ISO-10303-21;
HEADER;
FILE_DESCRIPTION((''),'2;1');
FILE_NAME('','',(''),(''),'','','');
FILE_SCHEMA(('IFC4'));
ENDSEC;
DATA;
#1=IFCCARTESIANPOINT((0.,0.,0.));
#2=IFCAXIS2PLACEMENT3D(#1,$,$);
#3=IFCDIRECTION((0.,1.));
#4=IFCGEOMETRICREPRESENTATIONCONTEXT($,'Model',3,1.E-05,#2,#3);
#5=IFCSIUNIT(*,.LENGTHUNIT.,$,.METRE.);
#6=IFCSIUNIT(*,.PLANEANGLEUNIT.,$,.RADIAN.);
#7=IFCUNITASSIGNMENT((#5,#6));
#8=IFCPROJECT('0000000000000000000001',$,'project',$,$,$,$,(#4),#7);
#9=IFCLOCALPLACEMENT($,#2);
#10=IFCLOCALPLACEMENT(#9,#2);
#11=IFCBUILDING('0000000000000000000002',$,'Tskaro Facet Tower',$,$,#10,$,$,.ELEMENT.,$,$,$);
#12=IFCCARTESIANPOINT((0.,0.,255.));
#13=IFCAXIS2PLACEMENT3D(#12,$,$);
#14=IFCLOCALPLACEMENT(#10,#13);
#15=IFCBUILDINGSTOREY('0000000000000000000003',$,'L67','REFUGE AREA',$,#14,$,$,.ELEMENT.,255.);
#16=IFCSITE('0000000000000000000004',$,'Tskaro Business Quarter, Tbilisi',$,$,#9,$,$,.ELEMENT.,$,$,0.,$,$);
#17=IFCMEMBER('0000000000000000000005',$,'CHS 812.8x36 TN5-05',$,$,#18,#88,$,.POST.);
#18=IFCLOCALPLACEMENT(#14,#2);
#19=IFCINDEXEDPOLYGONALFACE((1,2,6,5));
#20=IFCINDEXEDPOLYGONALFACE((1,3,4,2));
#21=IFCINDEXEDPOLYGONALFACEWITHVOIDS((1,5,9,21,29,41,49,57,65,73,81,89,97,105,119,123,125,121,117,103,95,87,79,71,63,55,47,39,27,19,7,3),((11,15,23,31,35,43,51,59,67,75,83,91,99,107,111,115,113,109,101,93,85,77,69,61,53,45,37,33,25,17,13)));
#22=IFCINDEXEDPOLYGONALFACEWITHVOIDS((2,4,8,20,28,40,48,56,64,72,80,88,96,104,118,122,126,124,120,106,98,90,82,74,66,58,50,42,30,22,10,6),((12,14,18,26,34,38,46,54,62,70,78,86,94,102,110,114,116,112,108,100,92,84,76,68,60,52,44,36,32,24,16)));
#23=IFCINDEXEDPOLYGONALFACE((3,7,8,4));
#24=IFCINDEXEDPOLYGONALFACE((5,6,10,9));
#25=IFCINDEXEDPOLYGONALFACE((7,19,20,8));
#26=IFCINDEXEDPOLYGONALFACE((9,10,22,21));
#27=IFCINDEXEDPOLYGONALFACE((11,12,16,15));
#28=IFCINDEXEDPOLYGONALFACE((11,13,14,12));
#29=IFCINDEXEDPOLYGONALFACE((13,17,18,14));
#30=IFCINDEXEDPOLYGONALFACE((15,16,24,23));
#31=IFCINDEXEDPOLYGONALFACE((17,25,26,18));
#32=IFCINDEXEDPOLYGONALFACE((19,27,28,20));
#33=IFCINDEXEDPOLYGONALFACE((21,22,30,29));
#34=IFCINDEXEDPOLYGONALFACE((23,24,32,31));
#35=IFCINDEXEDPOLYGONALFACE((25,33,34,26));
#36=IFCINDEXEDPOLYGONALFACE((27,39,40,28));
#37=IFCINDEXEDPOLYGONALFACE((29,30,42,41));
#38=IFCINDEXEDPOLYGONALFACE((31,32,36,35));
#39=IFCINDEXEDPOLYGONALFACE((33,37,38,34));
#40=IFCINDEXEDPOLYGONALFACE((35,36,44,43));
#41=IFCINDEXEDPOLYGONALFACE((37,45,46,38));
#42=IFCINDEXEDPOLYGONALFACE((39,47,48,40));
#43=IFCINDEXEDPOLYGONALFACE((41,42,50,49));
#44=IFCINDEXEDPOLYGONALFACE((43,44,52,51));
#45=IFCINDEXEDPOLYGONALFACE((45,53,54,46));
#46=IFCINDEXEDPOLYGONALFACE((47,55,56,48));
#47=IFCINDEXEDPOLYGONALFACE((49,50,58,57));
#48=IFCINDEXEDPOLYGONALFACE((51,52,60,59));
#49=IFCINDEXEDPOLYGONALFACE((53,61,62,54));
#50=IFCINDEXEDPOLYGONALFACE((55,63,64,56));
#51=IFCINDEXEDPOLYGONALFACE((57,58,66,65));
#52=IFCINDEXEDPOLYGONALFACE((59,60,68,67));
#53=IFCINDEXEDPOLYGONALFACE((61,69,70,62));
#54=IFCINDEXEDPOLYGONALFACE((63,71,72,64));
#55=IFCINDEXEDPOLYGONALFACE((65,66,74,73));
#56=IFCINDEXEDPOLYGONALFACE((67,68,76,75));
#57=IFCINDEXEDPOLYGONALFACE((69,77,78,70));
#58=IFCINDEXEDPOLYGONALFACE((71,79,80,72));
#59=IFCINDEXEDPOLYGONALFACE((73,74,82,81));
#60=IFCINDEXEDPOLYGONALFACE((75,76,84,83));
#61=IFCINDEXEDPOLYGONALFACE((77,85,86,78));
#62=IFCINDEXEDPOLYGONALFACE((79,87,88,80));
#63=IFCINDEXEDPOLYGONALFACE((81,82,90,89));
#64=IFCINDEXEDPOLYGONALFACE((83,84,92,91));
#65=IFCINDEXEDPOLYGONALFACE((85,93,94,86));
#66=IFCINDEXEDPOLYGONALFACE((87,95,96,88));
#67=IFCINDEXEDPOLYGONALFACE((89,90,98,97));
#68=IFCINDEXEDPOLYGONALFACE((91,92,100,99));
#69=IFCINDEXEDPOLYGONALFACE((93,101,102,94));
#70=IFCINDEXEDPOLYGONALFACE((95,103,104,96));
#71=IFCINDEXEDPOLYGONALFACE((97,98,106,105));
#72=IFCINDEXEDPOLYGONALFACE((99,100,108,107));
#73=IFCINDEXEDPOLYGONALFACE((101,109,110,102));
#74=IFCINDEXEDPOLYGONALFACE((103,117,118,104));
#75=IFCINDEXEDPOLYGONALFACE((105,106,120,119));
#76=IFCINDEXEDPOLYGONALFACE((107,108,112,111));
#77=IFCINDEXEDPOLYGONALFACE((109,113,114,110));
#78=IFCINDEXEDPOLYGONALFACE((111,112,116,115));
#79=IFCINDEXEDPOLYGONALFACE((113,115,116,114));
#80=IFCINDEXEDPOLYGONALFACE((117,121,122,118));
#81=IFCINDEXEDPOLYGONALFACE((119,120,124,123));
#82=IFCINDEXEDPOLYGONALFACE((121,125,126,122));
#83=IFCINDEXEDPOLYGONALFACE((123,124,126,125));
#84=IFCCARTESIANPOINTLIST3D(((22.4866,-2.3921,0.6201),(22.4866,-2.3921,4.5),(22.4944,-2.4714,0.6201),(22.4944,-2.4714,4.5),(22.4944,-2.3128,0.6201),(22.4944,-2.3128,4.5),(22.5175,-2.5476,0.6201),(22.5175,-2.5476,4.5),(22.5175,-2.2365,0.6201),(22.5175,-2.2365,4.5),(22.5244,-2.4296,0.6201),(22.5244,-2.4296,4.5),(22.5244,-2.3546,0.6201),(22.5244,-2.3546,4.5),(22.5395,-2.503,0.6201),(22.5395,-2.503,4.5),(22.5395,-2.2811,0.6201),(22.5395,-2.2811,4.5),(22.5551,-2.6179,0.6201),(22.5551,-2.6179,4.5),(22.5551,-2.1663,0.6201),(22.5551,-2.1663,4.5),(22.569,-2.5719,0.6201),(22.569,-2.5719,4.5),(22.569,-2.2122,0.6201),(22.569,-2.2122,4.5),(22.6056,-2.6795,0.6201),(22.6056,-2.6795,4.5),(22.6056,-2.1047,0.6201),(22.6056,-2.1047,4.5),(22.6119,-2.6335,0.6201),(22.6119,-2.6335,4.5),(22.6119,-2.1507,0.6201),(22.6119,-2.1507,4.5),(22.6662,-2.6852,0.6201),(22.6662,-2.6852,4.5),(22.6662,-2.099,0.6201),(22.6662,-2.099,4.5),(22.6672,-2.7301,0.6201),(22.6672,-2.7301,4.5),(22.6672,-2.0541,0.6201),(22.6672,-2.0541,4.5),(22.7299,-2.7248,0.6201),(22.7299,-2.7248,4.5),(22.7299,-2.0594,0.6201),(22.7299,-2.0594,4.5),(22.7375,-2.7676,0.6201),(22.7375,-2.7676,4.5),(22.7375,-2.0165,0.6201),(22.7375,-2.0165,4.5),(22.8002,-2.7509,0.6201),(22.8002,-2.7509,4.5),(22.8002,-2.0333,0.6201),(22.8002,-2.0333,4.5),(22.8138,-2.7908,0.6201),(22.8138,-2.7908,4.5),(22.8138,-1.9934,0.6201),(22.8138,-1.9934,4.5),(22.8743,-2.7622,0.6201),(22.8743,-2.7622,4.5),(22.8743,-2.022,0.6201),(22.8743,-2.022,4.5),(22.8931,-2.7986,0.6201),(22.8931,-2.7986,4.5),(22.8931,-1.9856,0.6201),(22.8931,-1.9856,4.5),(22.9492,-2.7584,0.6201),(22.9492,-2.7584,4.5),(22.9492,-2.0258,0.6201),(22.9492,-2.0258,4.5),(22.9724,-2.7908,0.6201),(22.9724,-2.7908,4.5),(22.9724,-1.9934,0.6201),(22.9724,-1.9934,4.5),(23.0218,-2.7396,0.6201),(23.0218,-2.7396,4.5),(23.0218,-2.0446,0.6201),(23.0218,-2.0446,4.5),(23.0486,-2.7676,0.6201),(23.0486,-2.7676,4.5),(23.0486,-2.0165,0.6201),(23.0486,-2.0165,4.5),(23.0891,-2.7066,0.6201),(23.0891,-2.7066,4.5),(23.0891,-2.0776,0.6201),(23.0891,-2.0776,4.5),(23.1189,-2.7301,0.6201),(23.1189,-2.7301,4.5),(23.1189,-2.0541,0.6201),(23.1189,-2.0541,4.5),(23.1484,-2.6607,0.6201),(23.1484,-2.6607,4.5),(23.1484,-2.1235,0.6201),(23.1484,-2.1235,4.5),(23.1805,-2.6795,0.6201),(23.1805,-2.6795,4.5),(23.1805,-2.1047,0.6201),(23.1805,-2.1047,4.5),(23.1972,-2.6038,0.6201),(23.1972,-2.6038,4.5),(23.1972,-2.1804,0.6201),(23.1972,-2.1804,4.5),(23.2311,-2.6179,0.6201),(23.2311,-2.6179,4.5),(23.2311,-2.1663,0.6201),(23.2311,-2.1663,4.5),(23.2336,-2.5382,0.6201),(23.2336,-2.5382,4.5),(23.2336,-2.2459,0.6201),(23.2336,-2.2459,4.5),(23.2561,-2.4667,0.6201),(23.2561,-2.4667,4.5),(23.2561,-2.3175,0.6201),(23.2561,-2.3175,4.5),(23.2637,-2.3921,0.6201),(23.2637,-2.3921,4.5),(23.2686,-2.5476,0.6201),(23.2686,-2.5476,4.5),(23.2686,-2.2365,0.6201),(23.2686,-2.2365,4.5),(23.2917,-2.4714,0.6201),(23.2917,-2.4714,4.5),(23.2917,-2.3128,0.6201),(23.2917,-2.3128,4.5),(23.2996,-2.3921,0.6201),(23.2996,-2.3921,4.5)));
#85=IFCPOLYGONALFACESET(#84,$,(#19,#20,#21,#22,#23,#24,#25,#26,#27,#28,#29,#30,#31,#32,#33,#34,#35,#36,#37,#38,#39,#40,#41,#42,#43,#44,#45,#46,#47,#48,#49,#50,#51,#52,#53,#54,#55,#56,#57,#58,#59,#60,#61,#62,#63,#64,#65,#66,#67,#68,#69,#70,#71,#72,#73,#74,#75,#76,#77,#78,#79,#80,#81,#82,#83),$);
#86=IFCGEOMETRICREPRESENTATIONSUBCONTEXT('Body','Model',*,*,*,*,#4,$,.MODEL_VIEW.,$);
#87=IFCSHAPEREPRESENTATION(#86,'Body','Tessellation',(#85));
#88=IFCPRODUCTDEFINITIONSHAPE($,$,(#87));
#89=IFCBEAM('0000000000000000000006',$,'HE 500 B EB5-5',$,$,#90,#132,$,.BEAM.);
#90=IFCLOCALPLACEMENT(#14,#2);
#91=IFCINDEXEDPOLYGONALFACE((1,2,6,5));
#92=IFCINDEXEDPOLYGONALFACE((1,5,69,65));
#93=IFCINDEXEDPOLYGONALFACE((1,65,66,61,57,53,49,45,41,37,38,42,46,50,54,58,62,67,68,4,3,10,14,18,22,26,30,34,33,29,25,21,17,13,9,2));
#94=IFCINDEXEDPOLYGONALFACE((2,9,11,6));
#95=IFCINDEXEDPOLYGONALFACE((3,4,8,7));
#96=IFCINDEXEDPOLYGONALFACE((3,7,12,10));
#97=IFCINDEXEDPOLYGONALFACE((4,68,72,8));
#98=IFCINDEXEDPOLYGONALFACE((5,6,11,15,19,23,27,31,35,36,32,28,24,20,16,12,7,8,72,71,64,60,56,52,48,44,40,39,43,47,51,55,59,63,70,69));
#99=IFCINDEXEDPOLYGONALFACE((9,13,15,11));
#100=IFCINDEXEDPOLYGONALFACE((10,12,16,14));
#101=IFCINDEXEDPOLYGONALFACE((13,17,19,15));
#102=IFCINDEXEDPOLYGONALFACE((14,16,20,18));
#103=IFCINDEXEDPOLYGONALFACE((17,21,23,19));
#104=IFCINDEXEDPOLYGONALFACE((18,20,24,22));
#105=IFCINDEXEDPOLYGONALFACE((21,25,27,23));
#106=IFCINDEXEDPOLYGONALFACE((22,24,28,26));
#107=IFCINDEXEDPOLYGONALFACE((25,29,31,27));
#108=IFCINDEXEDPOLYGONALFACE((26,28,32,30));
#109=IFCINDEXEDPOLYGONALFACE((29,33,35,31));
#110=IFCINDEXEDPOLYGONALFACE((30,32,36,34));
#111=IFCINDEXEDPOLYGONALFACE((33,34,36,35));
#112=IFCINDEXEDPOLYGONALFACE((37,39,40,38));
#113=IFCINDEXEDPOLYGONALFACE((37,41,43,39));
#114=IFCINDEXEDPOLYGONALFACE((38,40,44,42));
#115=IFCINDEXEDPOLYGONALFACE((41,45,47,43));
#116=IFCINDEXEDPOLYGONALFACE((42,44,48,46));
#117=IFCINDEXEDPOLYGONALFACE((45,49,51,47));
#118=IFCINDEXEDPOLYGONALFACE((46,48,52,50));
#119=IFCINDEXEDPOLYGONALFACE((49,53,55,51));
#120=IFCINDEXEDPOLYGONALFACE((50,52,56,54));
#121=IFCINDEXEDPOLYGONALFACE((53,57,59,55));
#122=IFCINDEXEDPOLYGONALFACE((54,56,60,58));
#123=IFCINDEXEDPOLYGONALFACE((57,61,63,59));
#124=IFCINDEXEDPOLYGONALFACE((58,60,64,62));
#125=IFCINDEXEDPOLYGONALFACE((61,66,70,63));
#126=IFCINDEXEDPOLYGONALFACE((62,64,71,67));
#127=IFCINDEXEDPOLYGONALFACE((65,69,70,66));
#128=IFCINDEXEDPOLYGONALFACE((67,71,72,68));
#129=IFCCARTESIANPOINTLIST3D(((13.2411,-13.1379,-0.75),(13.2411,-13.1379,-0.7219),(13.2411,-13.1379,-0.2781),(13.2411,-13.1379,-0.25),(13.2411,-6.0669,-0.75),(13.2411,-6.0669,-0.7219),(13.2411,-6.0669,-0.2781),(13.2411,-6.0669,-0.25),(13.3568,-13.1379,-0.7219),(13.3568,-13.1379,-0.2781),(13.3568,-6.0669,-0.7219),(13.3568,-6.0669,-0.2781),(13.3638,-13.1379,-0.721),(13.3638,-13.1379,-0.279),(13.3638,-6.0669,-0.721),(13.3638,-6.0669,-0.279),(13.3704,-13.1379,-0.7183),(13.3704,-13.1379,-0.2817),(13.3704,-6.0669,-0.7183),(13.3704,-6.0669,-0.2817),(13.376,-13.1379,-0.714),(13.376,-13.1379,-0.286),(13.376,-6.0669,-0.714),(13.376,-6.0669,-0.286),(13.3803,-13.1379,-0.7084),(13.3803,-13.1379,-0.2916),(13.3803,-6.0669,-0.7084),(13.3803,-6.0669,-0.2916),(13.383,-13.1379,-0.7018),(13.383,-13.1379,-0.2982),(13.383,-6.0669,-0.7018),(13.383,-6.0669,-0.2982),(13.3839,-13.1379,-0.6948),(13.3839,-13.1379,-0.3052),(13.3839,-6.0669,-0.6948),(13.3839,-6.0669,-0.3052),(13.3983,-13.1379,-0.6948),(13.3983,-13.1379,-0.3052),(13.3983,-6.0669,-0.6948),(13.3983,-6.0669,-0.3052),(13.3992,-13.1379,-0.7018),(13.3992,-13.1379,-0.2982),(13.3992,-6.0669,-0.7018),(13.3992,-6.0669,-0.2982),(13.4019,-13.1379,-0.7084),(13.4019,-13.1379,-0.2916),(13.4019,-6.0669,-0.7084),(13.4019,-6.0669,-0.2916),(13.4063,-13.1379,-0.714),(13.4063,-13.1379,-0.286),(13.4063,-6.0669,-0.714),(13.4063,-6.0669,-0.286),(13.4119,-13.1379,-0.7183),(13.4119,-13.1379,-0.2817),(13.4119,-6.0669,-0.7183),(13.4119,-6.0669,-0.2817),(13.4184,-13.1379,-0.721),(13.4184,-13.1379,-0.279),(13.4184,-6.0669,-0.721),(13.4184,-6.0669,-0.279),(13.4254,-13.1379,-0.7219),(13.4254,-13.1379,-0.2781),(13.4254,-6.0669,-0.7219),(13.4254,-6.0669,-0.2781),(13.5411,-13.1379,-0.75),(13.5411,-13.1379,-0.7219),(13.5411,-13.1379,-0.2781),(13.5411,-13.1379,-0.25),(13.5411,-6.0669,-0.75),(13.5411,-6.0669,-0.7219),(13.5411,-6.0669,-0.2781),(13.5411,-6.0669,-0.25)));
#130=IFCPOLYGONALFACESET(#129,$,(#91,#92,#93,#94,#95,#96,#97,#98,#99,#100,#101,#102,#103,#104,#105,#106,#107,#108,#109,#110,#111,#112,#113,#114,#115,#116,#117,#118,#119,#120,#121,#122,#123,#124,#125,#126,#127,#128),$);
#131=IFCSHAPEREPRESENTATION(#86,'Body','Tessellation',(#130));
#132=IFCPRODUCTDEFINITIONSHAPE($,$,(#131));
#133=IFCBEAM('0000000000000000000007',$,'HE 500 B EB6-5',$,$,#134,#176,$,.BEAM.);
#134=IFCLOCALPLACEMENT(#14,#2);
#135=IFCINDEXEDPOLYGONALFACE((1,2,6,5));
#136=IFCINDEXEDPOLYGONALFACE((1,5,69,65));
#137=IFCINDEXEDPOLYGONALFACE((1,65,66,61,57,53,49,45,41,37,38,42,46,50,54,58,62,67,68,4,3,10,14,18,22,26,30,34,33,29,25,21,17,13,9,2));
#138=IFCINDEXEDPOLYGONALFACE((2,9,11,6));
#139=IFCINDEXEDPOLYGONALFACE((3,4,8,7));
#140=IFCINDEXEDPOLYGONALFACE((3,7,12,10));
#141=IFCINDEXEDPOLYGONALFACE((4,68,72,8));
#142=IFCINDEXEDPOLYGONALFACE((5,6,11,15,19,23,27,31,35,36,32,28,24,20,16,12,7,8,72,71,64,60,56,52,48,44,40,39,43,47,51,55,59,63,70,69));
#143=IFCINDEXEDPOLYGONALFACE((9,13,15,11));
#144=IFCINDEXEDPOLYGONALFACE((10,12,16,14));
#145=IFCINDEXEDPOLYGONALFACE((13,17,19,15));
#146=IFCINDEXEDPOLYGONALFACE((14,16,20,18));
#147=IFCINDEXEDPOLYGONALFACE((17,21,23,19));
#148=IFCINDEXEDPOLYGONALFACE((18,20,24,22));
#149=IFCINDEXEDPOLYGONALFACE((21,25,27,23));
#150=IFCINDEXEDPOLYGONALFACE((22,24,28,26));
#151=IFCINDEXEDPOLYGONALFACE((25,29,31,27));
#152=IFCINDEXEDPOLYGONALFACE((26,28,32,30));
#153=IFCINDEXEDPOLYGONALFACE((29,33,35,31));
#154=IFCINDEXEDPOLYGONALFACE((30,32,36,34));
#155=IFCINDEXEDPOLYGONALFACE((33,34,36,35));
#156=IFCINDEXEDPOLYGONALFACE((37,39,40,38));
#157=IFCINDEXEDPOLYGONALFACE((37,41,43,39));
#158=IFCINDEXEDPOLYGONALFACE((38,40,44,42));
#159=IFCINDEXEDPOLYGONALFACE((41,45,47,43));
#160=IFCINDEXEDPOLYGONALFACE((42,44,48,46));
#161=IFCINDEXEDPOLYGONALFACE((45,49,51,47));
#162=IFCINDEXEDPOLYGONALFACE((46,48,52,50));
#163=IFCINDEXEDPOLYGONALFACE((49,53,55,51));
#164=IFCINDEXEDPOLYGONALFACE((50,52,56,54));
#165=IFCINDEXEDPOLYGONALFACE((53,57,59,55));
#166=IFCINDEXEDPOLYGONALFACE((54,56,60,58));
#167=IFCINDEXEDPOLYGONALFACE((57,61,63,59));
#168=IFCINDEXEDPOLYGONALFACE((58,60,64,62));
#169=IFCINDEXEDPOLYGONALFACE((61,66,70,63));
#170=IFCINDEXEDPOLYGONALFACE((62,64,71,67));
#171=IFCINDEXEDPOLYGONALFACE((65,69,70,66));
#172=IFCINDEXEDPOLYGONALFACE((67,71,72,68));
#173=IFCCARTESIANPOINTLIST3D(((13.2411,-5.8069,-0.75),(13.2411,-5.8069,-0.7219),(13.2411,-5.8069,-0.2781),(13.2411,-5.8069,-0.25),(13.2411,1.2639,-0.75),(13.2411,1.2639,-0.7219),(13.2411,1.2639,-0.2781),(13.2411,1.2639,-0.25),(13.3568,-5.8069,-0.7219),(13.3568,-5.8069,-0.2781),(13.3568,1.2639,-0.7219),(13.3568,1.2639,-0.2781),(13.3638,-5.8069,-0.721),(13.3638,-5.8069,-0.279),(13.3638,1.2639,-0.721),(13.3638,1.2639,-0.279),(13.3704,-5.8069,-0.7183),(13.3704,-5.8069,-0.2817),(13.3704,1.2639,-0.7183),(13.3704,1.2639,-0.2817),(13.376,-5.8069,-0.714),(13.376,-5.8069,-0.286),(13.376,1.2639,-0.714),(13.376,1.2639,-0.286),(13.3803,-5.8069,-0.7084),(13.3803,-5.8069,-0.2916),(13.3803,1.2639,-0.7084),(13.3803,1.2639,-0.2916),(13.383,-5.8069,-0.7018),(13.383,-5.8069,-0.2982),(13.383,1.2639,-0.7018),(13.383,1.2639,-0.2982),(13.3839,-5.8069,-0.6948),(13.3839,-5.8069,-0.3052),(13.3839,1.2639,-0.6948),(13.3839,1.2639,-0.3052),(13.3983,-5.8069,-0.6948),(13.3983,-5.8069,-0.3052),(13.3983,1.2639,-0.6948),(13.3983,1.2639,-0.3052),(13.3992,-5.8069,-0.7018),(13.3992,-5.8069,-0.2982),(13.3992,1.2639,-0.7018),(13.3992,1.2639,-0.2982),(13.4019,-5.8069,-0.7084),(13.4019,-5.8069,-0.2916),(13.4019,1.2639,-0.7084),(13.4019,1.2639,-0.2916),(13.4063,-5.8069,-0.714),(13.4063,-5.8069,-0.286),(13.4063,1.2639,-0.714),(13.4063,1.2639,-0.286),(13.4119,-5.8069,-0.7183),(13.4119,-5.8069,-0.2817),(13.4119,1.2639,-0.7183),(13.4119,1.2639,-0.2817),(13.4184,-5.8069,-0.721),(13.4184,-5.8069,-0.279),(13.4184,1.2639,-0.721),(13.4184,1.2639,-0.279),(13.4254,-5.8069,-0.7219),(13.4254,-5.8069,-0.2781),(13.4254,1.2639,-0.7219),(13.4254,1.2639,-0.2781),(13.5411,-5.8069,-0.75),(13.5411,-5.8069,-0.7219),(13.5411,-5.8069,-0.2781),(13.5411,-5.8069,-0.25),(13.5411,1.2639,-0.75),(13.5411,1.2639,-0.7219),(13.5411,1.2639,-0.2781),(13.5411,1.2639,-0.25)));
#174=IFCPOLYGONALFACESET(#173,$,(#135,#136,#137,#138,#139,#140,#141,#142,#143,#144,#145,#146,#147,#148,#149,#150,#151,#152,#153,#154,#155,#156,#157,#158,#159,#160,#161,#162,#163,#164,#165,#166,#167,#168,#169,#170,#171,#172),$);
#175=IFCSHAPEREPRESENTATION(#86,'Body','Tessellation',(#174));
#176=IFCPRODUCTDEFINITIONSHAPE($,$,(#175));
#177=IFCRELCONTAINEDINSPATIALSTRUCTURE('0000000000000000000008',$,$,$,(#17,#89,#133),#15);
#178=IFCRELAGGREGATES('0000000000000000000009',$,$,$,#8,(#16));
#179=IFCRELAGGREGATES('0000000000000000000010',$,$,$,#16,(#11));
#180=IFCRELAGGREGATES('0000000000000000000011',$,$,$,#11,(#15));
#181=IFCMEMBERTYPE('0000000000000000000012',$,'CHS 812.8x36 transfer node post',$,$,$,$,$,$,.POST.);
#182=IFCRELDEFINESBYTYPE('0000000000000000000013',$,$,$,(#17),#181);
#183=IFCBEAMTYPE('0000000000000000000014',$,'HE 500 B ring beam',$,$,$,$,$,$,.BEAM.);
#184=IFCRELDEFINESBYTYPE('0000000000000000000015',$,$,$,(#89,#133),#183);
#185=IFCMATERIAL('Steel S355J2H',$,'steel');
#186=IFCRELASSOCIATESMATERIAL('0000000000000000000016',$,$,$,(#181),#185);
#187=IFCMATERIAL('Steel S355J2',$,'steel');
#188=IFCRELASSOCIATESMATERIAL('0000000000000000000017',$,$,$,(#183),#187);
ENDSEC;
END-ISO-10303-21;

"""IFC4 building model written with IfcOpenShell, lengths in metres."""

from ifc_helpers import new_model, si_unit, direction, frame, origin, origin_2d, place, context, subcontext, project, spatial, hollow_circle, i_section, extrude, material, material_profile, profile_set, type_object, element, save


model = new_model("IFC4")

# Units and contexts
model_context = context("Model", 3, precision=1e-05, world=origin(), true_north=direction((0.0, 1.0)))
body_context = subcontext(model_context, "Body", "Model", "MODEL_VIEW")
ifc_project = project(units=[si_unit("LENGTHUNIT", "METRE"), si_unit("PLANEANGLEUNIT", "RADIAN")], contexts=[model_context])

# Site, building, storey
site_placement = place(None, origin())
site = spatial("IfcSite", under=ifc_project, at=site_placement, Name="Tskaro Business Quarter, Tbilisi", CompositionType="ELEMENT", RefElevation=0.0)
building_placement = place(site_placement, origin())
building = spatial("IfcBuilding", under=site, at=building_placement, Name="Tskaro Facet Tower", CompositionType="ELEMENT")
storey_placement = place(building_placement, frame((0.0, 0.0, 255.0)))
storey = spatial("IfcBuildingStorey", under=building, at=storey_placement, Name="L67", Description="REFUGE AREA", CompositionType="ELEMENT", Elevation=255.0)

# Shared definitions
ifc_material_1 = material(Name="Steel S355J2", Category="steel")
ifc_material_2 = material(Name="Steel S355J2H", Category="steel")

# Member
ifc_material_profile_1 = material_profile(ifc_material_2, hollow_circle(Radius=0.4065, WallThickness=0.0359, at=origin_2d()), Name="CHS 812.8x36")
ifc_profile_set_1 = profile_set([ifc_material_profile_1], Name="Steel S355J2H")
member_type_1 = type_object("IfcMemberType", Name="CHS 812.8x36 transfer node post", PredefinedType="POST", material=ifc_profile_set_1)
member_1_placement = place(storey_placement, frame((22.8931, -2.3921, 0.6201), z_axis=(0.0, 0.0, 1.0), x_axis=(1.0, 0.0, 0.0)))
element("IfcMember", 1, at=member_1_placement, inside=storey, type_object=member_type_1, Name="CHS 812.8x36 TN5-05", PredefinedType="POST", context=body_context, shape_type="SweptSolid", body=[
    extrude(hollow_circle(Radius=0.4065, WallThickness=0.0359, at=origin_2d()), origin(), (0.0, 0.0, 1.0), 3.8799),
])

# Beams
ifc_material_profile_2 = material_profile(ifc_material_1, i_section(OverallWidth=0.3, OverallDepth=0.5, WebThickness=0.0144, FlangeThickness=0.0281, FilletRadius=0.0271, at=origin_2d()), Name="HE 500 B")
ifc_profile_set_2 = profile_set([ifc_material_profile_2], Name="Steel S355J2")
beam_type_1 = type_object("IfcBeamType", Name="HE 500 B ring beam", PredefinedType="BEAM", material=ifc_profile_set_2)
beam_1_placement = place(storey_placement, frame((13.3911, -13.1379, -0.5), z_axis=(0.0, 1.0, 0.0), x_axis=(-1.0, 0.0, 0.0)))
element("IfcBeam", 2, at=beam_1_placement, inside=storey, type_object=beam_type_1, Name="HE 500 B EB5-5", PredefinedType="BEAM", context=body_context, shape_type="SweptSolid", body=[
    extrude(i_section(OverallWidth=0.3, OverallDepth=0.5, WebThickness=0.0144, FlangeThickness=0.0281, FilletRadius=0.0271, at=origin_2d()), origin(), (0.0, 0.0, 1.0), 7.071),
])
beam_2_placement = place(storey_placement, frame((13.3911, -5.8069, -0.5), z_axis=(0.0, 1.0, 0.0), x_axis=(-1.0, 0.0, 0.0)))
element("IfcBeam", 3, at=beam_2_placement, inside=storey, type_object=beam_type_1, Name="HE 500 B EB6-5", PredefinedType="BEAM", context=body_context, shape_type="SweptSolid", body=[
    extrude(i_section(OverallWidth=0.3, OverallDepth=0.5, WebThickness=0.0144, FlangeThickness=0.0281, FilletRadius=0.0271, at=origin_2d()), origin(), (0.0, 0.0, 1.0), 7.0708),
])

save(model, "model.ifc")
